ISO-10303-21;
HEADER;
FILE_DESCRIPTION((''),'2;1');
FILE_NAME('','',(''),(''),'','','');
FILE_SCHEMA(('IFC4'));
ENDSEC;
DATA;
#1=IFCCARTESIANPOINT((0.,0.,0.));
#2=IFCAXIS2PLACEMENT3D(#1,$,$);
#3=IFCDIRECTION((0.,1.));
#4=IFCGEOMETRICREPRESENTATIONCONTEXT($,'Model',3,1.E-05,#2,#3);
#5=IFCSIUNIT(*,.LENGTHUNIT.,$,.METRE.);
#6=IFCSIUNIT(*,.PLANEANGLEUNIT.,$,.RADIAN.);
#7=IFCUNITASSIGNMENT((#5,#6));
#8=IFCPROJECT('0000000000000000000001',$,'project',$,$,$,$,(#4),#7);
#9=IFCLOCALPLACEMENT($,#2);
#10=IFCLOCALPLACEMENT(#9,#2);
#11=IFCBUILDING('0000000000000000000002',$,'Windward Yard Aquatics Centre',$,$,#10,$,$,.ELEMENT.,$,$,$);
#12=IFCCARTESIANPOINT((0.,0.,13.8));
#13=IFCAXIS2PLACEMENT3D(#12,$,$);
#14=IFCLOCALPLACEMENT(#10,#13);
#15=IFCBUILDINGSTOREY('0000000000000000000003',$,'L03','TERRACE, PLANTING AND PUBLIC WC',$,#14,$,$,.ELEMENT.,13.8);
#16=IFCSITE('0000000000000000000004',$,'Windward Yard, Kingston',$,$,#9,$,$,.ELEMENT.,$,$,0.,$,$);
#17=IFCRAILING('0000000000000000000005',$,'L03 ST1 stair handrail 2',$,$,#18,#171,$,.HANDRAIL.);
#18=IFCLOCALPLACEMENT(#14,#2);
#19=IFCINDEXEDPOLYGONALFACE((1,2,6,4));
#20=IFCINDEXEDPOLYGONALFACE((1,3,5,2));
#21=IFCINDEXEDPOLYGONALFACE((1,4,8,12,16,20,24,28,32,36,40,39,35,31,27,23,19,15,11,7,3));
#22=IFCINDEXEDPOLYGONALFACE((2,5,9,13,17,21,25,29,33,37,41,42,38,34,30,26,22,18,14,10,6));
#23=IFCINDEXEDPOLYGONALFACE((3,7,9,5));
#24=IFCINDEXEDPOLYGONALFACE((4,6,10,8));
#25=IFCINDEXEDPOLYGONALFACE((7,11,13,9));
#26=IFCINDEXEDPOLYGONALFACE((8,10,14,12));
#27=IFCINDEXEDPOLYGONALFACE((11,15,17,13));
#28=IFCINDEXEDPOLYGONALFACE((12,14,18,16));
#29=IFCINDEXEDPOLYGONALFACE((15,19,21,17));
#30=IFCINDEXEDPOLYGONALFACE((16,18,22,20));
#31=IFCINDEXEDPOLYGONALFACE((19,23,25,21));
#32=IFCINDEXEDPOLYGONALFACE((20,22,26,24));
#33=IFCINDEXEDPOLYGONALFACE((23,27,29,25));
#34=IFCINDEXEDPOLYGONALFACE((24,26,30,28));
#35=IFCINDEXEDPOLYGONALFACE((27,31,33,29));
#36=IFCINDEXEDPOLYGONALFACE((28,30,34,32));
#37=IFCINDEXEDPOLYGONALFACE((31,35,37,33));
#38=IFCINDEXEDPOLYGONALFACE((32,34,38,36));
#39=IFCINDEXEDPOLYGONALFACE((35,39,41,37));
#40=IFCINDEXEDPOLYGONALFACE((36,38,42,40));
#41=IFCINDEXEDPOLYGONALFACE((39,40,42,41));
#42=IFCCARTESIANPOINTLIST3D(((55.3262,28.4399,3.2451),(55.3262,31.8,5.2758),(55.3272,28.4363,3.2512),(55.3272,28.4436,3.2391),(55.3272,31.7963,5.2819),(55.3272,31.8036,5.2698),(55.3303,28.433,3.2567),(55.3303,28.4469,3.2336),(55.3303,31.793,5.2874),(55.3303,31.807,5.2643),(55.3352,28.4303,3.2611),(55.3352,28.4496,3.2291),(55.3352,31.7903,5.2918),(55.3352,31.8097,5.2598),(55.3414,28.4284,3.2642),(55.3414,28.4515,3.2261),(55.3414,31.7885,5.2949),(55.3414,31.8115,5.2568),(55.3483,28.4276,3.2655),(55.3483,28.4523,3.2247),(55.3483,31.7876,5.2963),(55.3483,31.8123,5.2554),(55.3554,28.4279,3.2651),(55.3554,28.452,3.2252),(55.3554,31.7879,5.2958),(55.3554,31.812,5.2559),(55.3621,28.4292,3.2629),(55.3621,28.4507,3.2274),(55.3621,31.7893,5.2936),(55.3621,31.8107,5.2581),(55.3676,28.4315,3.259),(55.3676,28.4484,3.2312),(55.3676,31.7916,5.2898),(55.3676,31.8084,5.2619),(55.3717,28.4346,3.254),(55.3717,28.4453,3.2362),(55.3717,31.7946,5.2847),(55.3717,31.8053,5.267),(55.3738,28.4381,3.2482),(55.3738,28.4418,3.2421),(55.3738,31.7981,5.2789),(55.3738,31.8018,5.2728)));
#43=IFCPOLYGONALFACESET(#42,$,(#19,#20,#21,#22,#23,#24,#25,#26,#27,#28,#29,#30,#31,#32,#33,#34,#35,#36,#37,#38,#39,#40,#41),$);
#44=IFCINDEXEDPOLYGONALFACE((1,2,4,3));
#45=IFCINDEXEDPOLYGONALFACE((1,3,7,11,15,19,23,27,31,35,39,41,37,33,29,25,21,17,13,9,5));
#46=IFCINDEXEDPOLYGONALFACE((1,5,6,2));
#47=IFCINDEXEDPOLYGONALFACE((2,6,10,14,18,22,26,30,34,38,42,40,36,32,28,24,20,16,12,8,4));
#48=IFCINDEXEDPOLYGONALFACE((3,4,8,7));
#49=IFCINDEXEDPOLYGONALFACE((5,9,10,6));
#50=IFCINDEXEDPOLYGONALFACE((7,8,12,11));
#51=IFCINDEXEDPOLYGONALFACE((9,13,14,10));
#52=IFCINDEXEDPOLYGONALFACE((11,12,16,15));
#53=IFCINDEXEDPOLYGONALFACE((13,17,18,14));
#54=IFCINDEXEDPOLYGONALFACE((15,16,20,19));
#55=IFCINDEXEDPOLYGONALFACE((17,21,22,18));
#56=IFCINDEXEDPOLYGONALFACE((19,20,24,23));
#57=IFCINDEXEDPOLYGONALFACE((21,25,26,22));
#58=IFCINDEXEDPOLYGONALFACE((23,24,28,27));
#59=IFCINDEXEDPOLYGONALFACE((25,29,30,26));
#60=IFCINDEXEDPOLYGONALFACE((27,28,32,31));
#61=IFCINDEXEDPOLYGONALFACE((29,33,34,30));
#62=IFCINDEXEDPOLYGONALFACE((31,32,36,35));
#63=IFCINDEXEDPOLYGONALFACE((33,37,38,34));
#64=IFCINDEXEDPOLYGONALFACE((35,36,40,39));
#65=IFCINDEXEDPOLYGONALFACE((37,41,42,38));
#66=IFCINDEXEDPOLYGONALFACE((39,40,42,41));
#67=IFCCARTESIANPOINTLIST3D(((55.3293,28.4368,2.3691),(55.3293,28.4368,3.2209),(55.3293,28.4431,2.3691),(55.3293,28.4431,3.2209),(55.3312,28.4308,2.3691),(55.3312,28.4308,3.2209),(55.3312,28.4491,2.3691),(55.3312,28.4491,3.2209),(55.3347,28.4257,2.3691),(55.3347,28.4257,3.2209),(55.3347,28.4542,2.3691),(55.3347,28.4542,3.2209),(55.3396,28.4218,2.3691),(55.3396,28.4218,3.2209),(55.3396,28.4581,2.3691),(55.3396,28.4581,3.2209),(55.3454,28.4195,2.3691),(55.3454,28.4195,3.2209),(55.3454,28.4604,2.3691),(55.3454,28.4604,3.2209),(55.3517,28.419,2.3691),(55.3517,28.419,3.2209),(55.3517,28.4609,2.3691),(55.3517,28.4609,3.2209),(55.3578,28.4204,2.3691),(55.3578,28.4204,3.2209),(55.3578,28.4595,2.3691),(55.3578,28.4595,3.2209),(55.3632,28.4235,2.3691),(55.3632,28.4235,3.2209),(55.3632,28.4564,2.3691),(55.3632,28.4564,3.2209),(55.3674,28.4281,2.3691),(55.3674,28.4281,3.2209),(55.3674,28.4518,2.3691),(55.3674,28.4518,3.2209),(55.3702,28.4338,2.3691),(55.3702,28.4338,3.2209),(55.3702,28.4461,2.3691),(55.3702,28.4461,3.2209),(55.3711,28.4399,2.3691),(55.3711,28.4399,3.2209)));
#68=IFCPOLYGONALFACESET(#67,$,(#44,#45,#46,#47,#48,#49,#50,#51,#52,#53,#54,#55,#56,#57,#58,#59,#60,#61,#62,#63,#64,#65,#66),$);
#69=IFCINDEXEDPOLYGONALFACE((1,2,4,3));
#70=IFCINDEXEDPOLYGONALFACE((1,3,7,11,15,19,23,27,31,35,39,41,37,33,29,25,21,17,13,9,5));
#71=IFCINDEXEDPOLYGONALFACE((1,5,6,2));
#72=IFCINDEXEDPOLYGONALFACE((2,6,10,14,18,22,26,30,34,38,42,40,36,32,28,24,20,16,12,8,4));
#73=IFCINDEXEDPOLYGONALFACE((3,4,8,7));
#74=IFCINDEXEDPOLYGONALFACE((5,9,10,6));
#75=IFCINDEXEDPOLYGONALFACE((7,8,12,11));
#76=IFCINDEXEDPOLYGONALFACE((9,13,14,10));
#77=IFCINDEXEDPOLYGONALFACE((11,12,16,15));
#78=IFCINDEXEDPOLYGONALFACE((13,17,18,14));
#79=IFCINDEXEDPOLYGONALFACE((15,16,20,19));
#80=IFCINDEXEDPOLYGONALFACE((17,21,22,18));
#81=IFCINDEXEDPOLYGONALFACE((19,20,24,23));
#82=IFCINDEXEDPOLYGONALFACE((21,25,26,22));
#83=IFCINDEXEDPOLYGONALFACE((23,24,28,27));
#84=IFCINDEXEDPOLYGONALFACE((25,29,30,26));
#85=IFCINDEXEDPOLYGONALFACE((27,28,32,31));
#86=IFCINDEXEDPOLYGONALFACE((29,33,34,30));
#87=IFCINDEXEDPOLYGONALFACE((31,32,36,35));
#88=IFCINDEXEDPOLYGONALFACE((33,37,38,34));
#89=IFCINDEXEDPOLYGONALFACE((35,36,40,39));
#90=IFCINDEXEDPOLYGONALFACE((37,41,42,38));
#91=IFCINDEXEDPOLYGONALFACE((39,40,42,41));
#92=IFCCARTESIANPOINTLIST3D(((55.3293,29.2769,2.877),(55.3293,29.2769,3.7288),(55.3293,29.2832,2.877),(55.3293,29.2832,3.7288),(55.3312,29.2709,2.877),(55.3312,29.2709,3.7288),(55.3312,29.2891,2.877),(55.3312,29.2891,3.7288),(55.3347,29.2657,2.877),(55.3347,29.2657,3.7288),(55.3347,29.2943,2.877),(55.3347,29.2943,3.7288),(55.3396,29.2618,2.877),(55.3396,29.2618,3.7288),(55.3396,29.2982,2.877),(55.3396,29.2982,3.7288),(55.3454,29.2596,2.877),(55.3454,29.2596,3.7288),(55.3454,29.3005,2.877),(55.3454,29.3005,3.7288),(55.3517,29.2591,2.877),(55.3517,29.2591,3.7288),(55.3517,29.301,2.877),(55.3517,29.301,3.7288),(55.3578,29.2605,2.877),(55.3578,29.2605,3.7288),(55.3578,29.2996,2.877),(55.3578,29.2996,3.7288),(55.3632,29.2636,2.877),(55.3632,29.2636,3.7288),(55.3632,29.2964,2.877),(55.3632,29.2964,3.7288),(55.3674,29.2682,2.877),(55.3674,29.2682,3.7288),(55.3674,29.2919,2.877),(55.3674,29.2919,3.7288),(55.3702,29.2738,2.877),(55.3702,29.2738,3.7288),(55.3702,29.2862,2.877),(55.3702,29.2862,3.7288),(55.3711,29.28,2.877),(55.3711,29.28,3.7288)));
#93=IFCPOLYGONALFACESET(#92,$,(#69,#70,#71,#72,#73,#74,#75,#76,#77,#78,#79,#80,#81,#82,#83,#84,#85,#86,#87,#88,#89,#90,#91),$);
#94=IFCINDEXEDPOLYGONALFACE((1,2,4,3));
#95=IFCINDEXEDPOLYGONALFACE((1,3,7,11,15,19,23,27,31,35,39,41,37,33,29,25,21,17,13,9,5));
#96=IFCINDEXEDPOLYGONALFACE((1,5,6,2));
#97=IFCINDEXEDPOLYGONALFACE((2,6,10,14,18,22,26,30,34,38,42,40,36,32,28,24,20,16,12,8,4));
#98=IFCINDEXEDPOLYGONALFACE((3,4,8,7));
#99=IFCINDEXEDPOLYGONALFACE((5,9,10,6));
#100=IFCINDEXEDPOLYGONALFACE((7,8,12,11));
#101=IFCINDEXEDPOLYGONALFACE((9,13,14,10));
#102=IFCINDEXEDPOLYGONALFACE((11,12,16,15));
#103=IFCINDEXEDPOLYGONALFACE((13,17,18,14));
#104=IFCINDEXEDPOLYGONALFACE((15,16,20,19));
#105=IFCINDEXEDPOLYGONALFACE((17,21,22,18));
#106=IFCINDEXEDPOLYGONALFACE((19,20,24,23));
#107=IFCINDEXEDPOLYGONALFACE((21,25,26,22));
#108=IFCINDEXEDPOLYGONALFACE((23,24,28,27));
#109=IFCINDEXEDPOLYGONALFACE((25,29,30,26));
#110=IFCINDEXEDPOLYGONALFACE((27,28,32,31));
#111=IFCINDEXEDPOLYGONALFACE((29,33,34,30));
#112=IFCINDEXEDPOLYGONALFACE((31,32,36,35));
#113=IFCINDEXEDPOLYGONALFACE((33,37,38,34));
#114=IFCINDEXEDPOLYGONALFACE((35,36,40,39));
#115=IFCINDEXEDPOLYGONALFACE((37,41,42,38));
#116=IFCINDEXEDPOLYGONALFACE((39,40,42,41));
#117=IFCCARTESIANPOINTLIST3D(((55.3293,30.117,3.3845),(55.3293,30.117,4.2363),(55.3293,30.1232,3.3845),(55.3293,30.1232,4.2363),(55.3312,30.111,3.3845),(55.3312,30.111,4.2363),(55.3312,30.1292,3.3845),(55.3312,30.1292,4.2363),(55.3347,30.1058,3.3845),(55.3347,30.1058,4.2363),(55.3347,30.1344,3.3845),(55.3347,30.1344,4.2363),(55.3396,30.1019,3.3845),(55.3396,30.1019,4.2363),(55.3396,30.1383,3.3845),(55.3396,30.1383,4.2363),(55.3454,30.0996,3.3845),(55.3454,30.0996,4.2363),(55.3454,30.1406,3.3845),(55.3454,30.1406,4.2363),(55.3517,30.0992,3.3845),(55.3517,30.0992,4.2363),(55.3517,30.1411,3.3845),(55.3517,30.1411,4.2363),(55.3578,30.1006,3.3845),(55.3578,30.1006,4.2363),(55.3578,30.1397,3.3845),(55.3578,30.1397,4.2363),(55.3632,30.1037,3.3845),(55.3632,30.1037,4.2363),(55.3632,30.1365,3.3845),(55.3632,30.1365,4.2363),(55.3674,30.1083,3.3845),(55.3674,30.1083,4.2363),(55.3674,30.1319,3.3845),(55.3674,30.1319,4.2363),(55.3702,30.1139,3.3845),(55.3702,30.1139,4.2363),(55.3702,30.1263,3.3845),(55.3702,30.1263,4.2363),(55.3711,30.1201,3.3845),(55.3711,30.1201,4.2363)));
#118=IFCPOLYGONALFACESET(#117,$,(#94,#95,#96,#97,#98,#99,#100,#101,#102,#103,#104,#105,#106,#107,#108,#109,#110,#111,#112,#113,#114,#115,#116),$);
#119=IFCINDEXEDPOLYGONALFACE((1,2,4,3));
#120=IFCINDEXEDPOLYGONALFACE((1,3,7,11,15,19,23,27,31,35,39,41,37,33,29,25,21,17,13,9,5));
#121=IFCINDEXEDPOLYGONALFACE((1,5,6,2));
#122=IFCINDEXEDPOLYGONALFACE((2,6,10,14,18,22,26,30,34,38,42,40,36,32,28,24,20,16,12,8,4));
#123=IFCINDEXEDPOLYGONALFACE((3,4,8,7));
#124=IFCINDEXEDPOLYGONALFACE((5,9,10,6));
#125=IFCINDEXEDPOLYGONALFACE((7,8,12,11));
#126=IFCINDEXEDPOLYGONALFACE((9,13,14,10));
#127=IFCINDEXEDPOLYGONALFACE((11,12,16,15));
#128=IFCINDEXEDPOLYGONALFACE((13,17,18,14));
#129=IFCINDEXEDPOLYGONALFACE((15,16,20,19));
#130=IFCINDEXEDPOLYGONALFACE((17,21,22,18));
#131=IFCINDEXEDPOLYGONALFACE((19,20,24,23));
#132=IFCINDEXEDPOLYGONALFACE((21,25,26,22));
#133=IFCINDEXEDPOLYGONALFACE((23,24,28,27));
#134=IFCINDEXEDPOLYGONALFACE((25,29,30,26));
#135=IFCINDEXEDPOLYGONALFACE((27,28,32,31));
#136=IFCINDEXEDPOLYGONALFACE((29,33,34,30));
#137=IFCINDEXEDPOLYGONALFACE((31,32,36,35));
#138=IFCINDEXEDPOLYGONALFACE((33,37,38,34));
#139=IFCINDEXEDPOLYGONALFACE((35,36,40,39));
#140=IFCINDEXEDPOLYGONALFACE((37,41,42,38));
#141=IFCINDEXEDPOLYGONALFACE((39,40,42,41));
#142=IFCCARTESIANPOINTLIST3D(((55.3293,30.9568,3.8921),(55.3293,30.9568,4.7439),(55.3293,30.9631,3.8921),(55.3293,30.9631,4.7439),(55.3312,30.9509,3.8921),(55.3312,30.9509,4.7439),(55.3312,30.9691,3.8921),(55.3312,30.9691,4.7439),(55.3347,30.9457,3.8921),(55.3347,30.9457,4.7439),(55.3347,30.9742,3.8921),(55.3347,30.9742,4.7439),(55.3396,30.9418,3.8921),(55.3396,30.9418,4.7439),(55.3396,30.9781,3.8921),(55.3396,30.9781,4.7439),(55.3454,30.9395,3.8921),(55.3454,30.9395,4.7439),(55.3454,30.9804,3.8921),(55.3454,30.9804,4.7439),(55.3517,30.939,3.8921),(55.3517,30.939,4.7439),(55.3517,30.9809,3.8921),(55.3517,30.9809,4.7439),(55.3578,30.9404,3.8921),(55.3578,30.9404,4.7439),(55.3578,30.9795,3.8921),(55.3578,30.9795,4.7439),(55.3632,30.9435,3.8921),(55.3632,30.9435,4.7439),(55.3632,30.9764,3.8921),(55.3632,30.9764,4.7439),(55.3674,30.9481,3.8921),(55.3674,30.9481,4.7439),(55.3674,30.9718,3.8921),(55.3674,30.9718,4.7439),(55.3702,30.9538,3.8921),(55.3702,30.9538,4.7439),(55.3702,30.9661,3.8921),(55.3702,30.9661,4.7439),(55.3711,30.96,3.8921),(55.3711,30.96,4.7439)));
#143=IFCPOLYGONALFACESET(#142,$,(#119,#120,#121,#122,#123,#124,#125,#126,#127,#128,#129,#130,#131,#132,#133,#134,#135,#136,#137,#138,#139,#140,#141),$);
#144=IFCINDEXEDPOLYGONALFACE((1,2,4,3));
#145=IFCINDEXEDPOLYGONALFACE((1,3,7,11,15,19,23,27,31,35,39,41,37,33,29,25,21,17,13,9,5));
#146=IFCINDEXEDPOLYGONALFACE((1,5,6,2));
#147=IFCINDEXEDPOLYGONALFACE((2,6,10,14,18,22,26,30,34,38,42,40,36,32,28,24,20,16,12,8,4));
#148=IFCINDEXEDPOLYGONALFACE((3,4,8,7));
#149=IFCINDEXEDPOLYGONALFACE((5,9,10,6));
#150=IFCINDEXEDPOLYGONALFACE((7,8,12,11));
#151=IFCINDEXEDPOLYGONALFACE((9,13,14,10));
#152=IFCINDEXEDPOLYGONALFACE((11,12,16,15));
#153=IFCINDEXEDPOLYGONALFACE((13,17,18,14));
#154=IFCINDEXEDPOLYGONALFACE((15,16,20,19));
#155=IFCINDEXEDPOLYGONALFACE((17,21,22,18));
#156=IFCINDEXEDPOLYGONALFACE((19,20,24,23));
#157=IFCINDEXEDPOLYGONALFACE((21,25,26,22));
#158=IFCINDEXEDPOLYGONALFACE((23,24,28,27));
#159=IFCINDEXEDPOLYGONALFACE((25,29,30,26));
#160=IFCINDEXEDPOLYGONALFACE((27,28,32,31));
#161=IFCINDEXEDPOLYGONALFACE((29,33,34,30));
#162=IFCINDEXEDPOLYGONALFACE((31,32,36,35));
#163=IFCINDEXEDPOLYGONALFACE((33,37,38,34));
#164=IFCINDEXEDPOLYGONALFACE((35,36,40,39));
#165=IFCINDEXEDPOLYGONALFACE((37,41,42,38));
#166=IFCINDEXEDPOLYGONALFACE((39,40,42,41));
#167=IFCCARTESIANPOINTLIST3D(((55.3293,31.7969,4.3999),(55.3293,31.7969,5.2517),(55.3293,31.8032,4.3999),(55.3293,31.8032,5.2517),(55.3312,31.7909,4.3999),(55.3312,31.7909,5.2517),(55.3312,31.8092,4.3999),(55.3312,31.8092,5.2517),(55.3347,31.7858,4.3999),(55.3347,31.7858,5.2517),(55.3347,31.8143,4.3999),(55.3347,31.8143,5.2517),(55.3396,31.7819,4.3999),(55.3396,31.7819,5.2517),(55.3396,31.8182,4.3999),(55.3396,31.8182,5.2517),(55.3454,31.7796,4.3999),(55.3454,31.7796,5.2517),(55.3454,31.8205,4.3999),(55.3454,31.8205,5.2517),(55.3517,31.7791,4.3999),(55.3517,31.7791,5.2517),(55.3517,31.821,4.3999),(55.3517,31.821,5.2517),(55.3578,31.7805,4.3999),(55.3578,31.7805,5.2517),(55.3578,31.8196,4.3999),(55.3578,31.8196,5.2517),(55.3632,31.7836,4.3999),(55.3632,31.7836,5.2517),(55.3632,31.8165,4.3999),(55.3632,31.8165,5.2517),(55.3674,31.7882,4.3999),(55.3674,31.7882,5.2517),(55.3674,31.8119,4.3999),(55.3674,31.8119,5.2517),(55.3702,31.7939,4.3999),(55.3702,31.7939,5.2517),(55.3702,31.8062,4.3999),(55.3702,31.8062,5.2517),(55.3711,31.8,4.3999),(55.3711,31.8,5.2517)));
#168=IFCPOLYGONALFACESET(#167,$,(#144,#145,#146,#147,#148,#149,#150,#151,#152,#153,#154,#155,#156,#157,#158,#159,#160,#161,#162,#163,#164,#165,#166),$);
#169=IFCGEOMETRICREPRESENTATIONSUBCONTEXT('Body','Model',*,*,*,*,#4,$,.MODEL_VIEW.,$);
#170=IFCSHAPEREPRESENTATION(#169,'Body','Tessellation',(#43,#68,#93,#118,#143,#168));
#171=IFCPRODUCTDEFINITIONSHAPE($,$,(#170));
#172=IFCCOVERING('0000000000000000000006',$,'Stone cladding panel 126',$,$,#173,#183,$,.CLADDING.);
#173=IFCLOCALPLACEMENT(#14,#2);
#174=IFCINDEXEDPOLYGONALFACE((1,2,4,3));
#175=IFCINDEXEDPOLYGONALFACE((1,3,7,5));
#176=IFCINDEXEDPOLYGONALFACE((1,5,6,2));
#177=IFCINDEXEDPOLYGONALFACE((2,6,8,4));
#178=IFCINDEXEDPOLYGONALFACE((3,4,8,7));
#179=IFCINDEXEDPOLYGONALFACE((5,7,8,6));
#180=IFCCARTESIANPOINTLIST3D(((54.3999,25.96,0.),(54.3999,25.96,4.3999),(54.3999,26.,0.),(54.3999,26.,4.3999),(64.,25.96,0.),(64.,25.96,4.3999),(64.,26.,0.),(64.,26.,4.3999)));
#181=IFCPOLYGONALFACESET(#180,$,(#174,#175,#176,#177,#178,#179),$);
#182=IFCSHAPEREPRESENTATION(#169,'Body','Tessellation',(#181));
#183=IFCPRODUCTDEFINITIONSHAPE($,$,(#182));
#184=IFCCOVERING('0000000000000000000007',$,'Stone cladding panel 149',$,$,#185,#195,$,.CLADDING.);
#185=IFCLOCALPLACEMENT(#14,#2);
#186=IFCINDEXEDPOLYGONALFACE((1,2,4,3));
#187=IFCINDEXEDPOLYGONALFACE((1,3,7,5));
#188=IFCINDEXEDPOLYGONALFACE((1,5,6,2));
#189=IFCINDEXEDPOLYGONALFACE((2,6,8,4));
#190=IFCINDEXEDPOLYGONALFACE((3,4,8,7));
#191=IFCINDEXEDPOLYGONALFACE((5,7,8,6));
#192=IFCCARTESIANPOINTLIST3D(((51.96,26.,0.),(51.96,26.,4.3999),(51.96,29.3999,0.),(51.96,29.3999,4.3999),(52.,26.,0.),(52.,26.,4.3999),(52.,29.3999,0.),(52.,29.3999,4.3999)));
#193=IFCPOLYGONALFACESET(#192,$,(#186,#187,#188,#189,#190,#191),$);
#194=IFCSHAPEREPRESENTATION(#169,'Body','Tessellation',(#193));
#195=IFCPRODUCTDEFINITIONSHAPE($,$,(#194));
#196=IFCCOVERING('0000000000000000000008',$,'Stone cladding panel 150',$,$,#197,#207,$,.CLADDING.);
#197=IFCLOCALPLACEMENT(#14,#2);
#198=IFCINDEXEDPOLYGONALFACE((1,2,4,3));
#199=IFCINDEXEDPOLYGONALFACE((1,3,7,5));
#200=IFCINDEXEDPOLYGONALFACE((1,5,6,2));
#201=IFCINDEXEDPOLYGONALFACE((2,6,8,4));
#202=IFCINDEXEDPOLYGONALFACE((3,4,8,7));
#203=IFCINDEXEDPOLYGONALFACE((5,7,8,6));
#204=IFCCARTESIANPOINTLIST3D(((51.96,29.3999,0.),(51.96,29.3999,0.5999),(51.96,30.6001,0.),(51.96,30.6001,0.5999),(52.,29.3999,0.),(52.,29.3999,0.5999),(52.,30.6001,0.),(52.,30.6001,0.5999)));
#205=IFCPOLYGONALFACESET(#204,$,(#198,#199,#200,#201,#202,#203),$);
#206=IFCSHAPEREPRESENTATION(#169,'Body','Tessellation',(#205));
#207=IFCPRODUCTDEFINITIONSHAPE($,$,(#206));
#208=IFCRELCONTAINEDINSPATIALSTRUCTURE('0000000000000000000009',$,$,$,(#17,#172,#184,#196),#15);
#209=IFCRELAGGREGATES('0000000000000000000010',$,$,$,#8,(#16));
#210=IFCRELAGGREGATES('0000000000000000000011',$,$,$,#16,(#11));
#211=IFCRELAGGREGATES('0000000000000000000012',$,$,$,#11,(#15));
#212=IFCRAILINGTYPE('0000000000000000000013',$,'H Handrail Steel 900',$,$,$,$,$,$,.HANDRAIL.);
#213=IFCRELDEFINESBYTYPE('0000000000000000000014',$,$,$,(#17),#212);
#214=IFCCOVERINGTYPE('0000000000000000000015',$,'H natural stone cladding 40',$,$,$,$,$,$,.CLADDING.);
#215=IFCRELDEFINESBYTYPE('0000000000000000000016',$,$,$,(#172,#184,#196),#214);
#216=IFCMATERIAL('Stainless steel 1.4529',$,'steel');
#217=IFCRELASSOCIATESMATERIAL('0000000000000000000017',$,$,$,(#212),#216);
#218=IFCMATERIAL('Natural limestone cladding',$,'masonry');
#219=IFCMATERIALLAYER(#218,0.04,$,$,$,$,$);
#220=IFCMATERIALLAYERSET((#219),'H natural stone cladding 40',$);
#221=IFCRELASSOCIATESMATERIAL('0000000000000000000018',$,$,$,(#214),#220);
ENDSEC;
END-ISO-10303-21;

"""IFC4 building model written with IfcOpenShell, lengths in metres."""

from ifc_helpers import new_model, si_unit, direction, frame, origin, origin_2d, place, context, subcontext, project, spatial, polyline, circle, outline, extrude, material, layer, layer_set, type_object, element, save


model = new_model("IFC4")

# Units and contexts
model_context = context("Model", 3, precision=1e-05, world=origin(), true_north=direction((0.0, 1.0)))
body_context = subcontext(model_context, "Body", "Model", "MODEL_VIEW")
ifc_project = project(units=[si_unit("LENGTHUNIT", "METRE"), si_unit("PLANEANGLEUNIT", "RADIAN")], contexts=[model_context])

# Site, building, storey
site_placement = place(None, origin())
site = spatial("IfcSite", under=ifc_project, at=site_placement, Name="Windward Yard, Kingston", CompositionType="ELEMENT", RefElevation=0.0)
building_placement = place(site_placement, origin())
building = spatial("IfcBuilding", under=site, at=building_placement, Name="Windward Yard Aquatics Centre", CompositionType="ELEMENT")
storey_placement = place(building_placement, frame((0.0, 0.0, 13.8)))
storey = spatial("IfcBuildingStorey", under=building, at=storey_placement, Name="L03", Description="TERRACE, PLANTING AND PUBLIC WC", CompositionType="ELEMENT", Elevation=13.8)

# Railing
ifc_material_1 = material(Name="Stainless steel 1.4529", Category="steel")
railing_type_1 = type_object("IfcRailingType", Name="H Handrail Steel 900", PredefinedType="HANDRAIL", material=ifc_material_1)
railing_1_placement = place(storey_placement, frame((55.3501, 28.4399, 2.3691)))
element("IfcRailing", 1, at=railing_1_placement, inside=storey, type_object=railing_type_1, Name="L03 ST1 stair handrail 2", PredefinedType="HANDRAIL", context=body_context, shape_type="SweptSolid", body=[
    extrude(circle(Radius=0.0239, at=origin_2d()), frame((0.0, 0.0, 0.876), z_axis=(0.0, 0.855837, 0.517246), x_axis=(-1.0, 0.0, 0.0)), (0.0, 0.0, 1.0), 3.926),
    extrude(circle(Radius=0.021, at=origin_2d()), origin(), (0.0, 0.0, 1.0), 0.8518),
    extrude(circle(Radius=0.021, at=origin_2d()), frame((0.0, 0.8401, 0.5078)), (0.0, 0.0, 1.0), 0.8518),
    extrude(circle(Radius=0.021, at=origin_2d()), frame((0.0, 1.6802, 1.0154)), (0.0, 0.0, 1.0), 0.8518),
    extrude(circle(Radius=0.021, at=origin_2d()), frame((0.0, 2.52, 1.5229)), (0.0, 0.0, 1.0), 0.8518),
    extrude(circle(Radius=0.021, at=origin_2d()), frame((0.0, 3.3601, 2.0308)), (0.0, 0.0, 1.0), 0.8518),
])

# Coverings
ifc_material_2 = material(Name="Natural limestone cladding", Category="masonry")
ifc_layer_1 = layer(ifc_material_2, 0.04)
ifc_layer_set_1 = layer_set([ifc_layer_1], Name="H natural stone cladding 40")
covering_type = type_object("IfcCoveringType", Name="H natural stone cladding 40", PredefinedType="CLADDING", material=ifc_layer_set_1)
covering_1_placement = place(storey_placement, origin())
element("IfcCovering", 2, at=covering_1_placement, inside=storey, type_object=covering_type, Name="Stone cladding panel 126", PredefinedType="CLADDING", context=body_context, shape_type="SweptSolid", body=[
    extrude(outline(polyline([(54.3999, 25.96), (54.3999, 26.0), (64.0, 26.0), (64.0, 25.96), (54.3999, 25.96)])), origin(), (0.0, 0.0, 1.0), 4.3999),
])
covering_2_placement = place(storey_placement, origin())
element("IfcCovering", 3, at=covering_2_placement, inside=storey, type_object=covering_type, Name="Stone cladding panel 149", PredefinedType="CLADDING", context=body_context, shape_type="SweptSolid", body=[
    extrude(outline(polyline([(51.96, 26.0), (52.0, 26.0), (52.0, 29.3999), (51.96, 29.3999), (51.96, 26.0)])), origin(), (0.0, 0.0, 1.0), 4.3999),
])
covering_3_placement = place(storey_placement, origin())
element("IfcCovering", 4, at=covering_3_placement, inside=storey, type_object=covering_type, Name="Stone cladding panel 150", PredefinedType="CLADDING", context=body_context, shape_type="SweptSolid", body=[
    extrude(outline(polyline([(51.96, 29.3999), (52.0, 29.3999), (52.0, 30.6001), (51.96, 30.6001), (51.96, 29.3999)])), origin(), (0.0, 0.0, 1.0), 0.5999),
])

save(model, "model.ifc")
